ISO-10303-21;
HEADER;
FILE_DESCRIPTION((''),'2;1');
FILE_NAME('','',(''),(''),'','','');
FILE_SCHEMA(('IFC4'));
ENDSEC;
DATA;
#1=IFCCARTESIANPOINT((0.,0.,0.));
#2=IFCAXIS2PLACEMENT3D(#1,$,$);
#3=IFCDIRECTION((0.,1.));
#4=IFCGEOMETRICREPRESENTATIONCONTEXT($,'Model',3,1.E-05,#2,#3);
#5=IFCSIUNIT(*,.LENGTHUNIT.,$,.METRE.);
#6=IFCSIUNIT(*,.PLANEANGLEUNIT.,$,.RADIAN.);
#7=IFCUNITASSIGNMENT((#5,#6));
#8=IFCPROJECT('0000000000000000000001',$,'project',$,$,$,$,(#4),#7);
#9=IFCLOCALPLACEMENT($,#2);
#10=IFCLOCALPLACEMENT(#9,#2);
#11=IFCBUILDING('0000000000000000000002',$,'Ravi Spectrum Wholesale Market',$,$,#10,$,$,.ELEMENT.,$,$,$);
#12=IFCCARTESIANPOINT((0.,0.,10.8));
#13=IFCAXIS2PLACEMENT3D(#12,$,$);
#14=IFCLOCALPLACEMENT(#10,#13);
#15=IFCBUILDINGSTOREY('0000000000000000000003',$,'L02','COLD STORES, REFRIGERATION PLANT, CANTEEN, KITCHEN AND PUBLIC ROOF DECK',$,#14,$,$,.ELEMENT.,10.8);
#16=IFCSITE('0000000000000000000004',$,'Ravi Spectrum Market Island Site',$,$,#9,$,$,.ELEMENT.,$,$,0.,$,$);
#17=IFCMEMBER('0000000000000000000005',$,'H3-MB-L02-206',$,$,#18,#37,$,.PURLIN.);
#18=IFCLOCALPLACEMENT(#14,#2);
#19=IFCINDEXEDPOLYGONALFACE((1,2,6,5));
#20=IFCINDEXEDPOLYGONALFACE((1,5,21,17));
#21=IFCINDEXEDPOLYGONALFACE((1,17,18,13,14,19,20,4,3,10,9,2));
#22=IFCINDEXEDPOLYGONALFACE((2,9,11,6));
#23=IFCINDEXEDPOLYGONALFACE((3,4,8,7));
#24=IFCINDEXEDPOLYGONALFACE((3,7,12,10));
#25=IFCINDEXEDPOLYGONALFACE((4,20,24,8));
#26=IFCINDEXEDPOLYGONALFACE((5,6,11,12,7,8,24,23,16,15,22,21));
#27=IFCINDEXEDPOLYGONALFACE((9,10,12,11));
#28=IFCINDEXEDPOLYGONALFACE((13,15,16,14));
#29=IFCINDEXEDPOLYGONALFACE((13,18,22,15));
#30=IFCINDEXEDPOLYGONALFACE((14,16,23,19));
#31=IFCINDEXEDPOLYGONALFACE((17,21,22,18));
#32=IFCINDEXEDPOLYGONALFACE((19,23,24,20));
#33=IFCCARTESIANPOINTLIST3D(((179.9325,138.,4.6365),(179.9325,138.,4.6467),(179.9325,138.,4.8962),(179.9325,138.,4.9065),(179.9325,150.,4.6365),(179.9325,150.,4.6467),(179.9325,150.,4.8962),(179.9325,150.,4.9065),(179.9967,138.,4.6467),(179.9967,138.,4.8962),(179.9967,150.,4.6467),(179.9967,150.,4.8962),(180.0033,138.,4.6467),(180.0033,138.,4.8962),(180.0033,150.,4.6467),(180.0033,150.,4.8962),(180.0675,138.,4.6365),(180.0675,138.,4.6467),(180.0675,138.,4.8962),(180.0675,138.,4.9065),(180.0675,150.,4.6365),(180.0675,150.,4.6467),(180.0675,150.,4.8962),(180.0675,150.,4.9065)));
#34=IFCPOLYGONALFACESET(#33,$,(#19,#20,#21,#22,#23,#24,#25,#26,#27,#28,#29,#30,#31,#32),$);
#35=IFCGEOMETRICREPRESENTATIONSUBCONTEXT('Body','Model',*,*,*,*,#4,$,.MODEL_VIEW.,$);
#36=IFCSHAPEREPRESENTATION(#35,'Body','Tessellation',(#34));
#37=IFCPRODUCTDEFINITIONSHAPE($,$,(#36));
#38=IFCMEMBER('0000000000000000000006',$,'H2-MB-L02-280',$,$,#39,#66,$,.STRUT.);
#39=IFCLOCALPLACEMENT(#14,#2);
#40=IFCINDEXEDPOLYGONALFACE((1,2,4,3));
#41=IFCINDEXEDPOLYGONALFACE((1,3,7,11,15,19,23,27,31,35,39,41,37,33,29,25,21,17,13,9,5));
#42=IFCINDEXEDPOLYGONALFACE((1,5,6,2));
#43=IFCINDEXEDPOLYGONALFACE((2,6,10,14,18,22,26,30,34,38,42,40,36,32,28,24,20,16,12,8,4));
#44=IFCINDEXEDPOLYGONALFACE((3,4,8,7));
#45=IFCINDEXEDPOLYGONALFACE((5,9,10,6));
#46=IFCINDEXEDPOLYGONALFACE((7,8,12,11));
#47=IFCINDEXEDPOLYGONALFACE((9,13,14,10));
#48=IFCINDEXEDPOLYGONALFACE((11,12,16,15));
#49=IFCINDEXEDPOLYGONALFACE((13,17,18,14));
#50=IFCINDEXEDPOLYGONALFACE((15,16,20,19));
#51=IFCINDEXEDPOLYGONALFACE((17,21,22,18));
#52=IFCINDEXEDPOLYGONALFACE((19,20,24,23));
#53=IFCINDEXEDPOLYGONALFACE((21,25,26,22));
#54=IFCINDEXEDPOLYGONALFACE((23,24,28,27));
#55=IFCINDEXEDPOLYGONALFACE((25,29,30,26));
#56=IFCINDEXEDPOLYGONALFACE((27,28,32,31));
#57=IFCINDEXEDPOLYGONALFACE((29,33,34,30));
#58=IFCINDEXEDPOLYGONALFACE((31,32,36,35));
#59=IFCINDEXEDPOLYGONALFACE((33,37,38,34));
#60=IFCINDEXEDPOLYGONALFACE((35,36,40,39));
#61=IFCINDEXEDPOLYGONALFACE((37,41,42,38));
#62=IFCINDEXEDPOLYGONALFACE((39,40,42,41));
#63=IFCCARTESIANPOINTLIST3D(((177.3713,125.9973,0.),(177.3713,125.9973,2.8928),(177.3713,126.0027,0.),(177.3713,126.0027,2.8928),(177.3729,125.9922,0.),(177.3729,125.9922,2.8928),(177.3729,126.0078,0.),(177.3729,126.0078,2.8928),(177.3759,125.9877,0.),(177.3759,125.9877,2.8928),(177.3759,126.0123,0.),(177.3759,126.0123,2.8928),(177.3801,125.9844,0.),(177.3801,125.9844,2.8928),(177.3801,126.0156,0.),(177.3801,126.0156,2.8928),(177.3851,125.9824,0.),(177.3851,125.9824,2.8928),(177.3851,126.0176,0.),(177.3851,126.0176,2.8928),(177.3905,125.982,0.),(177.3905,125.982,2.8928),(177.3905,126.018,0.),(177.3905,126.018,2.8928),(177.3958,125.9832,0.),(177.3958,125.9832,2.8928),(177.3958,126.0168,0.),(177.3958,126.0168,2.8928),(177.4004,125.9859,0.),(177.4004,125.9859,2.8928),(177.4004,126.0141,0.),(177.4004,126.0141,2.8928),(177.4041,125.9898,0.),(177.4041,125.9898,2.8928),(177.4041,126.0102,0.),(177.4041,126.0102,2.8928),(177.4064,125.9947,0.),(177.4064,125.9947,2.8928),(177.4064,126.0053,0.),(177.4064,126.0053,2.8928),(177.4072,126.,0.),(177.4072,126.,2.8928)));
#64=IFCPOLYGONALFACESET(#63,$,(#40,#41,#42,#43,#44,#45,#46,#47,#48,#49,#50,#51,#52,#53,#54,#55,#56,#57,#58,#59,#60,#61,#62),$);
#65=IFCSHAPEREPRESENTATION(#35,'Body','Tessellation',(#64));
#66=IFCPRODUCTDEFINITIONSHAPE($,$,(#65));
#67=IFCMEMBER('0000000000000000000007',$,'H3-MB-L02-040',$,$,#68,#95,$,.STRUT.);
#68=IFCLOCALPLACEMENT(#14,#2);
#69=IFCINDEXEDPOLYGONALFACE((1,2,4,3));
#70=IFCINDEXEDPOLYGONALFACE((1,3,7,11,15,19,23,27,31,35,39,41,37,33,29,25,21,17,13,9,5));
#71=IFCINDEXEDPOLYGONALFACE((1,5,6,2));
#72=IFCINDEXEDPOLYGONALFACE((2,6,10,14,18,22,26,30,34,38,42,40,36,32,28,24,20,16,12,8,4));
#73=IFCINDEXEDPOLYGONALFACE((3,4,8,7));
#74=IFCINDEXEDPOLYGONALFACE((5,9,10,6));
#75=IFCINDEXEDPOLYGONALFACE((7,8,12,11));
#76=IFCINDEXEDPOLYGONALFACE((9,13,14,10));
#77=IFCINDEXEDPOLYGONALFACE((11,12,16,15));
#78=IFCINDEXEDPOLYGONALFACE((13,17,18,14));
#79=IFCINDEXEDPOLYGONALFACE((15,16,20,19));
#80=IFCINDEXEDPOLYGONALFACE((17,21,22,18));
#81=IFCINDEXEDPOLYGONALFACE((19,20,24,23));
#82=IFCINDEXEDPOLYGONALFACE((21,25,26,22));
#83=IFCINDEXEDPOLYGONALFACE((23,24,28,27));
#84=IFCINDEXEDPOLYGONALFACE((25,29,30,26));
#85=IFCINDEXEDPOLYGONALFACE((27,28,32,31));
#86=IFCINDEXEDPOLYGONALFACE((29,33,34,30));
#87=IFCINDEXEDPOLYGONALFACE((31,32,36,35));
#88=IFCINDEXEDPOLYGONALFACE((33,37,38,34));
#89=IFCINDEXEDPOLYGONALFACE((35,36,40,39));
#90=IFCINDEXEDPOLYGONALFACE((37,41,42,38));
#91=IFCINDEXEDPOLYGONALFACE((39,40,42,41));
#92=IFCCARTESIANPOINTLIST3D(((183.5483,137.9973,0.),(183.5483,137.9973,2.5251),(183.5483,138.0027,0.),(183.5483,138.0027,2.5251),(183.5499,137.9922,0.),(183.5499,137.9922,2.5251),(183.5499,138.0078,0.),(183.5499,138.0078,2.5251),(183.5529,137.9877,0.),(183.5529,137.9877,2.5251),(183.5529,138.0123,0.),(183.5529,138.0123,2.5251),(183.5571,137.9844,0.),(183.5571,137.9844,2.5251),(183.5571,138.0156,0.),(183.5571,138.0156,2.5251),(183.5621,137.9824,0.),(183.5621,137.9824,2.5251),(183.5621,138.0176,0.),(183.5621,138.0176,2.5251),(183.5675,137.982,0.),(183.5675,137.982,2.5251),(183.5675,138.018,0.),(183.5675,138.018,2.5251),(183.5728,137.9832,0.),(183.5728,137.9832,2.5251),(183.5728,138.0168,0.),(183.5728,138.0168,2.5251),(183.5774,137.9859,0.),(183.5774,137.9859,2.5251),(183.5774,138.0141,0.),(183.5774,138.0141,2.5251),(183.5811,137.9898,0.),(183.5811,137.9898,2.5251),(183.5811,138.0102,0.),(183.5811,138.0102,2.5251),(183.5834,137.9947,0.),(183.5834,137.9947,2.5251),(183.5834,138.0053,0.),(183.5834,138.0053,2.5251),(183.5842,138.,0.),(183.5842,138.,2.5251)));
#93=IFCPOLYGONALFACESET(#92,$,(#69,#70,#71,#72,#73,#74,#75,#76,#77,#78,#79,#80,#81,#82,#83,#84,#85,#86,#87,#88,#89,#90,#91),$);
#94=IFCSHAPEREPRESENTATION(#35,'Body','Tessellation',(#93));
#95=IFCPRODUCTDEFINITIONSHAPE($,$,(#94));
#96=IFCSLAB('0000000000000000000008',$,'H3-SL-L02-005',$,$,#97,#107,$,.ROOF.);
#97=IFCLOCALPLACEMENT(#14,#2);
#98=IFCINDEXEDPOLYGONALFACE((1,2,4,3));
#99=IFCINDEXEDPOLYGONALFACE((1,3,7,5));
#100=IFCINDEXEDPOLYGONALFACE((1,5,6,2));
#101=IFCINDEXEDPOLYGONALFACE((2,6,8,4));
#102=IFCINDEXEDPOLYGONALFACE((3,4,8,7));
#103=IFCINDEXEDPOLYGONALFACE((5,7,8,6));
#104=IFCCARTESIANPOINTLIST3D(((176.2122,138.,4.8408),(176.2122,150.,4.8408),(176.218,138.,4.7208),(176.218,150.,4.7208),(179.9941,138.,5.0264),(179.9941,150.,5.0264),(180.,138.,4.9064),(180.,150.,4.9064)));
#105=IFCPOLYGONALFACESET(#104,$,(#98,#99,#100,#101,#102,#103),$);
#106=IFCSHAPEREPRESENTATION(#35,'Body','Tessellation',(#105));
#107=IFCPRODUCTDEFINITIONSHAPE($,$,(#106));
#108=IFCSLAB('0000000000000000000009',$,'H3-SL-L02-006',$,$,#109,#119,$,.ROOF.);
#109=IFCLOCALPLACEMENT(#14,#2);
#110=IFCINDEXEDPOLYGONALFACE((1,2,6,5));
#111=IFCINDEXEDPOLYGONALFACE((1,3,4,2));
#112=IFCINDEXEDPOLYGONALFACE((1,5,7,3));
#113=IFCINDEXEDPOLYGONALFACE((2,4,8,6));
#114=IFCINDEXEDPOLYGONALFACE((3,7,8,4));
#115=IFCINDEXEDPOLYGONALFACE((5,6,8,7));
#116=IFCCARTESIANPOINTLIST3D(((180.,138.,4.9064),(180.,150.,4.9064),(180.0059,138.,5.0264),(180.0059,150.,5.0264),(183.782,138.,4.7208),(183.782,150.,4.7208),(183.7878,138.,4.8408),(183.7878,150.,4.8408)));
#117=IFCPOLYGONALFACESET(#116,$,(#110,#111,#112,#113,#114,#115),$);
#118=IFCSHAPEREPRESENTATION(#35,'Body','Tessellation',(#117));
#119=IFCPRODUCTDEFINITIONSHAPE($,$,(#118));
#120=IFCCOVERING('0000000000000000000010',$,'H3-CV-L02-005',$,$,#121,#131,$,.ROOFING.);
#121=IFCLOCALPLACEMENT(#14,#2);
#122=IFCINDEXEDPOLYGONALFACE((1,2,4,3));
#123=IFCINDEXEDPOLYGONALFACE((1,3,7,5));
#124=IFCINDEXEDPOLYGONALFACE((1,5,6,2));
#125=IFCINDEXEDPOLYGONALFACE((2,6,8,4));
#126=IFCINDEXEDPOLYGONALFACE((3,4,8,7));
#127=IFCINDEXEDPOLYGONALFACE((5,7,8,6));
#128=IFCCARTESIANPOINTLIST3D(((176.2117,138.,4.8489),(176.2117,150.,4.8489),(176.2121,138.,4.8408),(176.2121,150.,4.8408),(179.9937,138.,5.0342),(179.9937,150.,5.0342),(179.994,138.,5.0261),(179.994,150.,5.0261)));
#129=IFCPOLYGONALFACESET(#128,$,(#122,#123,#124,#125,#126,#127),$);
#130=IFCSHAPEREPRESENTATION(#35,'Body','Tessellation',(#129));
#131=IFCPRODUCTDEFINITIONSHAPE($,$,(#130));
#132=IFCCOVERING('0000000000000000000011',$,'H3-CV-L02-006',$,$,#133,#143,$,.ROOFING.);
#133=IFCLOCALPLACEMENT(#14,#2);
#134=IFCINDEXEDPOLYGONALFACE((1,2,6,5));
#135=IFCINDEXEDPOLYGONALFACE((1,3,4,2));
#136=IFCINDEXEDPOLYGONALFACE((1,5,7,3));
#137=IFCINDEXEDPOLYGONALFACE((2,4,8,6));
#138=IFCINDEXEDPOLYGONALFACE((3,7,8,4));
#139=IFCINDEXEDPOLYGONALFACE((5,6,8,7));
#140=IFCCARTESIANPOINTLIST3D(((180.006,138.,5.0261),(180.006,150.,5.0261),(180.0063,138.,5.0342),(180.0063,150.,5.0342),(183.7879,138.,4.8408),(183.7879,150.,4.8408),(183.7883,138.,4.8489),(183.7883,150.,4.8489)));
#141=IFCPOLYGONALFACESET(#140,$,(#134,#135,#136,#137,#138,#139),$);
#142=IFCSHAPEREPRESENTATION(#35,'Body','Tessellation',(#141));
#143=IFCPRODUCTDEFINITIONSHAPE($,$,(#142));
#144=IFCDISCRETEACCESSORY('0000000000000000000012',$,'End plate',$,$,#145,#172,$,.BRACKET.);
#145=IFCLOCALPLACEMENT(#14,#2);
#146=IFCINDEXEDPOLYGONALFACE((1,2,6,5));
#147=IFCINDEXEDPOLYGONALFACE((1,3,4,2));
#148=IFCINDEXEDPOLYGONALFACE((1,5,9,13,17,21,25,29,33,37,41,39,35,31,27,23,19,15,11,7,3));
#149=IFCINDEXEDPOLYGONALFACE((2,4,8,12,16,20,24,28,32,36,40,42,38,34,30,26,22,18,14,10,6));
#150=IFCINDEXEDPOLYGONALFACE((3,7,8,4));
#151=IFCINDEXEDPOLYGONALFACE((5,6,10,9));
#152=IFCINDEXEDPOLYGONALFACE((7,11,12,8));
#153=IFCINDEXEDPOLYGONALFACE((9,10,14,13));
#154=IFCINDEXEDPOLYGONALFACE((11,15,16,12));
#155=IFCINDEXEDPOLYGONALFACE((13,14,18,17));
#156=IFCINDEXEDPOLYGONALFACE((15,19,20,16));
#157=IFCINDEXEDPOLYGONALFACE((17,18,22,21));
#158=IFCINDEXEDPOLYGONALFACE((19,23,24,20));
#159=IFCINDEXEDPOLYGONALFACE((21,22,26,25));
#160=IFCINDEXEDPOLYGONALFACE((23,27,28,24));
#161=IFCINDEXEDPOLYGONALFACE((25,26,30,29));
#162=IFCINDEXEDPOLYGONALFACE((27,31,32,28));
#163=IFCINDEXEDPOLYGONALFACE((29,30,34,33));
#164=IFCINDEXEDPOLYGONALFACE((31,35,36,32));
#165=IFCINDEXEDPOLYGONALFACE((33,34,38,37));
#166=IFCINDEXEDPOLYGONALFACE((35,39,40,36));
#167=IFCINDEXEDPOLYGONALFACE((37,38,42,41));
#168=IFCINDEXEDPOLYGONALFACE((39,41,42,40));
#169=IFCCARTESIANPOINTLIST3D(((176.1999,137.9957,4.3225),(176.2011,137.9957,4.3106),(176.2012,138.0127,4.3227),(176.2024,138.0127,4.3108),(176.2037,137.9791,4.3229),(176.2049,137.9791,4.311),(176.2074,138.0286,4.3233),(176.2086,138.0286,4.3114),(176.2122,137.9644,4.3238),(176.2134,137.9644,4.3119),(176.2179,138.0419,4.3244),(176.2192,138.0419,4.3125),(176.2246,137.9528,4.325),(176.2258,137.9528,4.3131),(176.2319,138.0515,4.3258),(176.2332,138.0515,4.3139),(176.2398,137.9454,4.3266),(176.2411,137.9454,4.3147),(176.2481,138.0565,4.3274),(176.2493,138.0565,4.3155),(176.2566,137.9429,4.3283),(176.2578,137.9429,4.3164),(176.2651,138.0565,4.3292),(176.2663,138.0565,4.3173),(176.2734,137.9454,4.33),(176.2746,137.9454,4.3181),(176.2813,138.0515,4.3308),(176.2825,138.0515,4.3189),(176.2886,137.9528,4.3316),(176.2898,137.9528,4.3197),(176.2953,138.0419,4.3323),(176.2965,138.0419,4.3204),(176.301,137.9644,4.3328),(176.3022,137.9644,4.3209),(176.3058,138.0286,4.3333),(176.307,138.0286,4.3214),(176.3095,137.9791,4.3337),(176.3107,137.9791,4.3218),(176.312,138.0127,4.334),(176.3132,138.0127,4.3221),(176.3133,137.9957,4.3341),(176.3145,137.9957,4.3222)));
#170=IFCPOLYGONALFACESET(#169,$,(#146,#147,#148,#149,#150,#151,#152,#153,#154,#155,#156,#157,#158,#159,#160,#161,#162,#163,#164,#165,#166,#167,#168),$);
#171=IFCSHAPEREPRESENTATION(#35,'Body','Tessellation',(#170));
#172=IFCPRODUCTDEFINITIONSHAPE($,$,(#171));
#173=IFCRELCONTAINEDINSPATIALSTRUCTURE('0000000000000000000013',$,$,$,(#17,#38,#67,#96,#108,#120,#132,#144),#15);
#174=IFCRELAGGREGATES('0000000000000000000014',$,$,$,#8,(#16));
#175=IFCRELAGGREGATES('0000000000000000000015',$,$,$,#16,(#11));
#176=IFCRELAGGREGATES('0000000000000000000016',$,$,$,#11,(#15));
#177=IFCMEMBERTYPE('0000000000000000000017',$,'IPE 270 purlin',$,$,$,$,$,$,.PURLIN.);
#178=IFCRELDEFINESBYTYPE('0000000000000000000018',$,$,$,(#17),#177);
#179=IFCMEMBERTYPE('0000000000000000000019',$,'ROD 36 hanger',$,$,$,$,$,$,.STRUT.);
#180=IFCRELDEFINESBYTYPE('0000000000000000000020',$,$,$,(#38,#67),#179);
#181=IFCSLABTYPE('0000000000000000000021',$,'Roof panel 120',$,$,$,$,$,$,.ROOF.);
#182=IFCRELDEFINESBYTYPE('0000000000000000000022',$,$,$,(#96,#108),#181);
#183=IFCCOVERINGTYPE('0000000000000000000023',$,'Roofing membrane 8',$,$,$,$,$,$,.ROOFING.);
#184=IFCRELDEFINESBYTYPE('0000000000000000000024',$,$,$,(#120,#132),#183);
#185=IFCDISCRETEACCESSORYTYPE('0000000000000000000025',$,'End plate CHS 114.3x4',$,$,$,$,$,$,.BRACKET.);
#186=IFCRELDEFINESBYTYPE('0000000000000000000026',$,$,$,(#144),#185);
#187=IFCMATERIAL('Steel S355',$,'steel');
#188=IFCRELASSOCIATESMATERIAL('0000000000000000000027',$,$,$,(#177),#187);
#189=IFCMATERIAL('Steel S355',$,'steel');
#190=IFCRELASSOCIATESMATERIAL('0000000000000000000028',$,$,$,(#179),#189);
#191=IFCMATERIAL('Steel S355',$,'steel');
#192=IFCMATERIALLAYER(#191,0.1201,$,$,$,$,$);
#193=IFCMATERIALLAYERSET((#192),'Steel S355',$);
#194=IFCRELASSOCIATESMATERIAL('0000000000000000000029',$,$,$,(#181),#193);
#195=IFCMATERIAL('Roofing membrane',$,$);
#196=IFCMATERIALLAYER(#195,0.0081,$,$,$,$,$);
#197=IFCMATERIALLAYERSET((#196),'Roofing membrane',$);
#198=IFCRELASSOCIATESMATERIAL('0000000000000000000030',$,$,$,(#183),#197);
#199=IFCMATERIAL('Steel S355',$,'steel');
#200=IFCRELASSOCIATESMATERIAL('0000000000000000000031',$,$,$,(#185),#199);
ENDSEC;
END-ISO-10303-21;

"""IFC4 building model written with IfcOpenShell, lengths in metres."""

from ifc_helpers import new_model, si_unit, direction, frame, origin, origin_2d, place, context, subcontext, project, spatial, polyline, circle, i_section, outline, extrude, material, layer, layer_set, material_profile, profile_set, type_object, element, save


model = new_model("IFC4")

# Units and contexts
model_context = context("Model", 3, precision=1e-05, world=origin(), true_north=direction((0.0, 1.0)))
body_context = subcontext(model_context, "Body", "Model", "MODEL_VIEW")
ifc_project = project(units=[si_unit("LENGTHUNIT", "METRE"), si_unit("PLANEANGLEUNIT", "RADIAN")], contexts=[model_context])

# Site, building, storey
site_placement = place(None, origin())
site = spatial("IfcSite", under=ifc_project, at=site_placement, Name="Ravi Spectrum Market Island Site", CompositionType="ELEMENT", RefElevation=0.0)
building_placement = place(site_placement, origin())
building = spatial("IfcBuilding", under=site, at=building_placement, Name="Ravi Spectrum Wholesale Market", CompositionType="ELEMENT")
storey_placement = place(building_placement, frame((0.0, 0.0, 10.8)))
storey = spatial("IfcBuildingStorey", under=building, at=storey_placement, Name="L02", Description="COLD STORES, REFRIGERATION PLANT, CANTEEN, KITCHEN AND PUBLIC ROOF DECK", CompositionType="ELEMENT", Elevation=10.8)

# Members
ifc_material_1 = material(Name="Steel S355", Category="steel")
ifc_material_profile_1 = material_profile(ifc_material_1, i_section(OverallWidth=0.135, OverallDepth=0.27, WebThickness=0.0066, FlangeThickness=0.0103, at=origin_2d()))
ifc_profile_set_1 = profile_set([ifc_material_profile_1], Name="Steel S355")
member_type_1 = type_object("IfcMemberType", Name="IPE 270 purlin", PredefinedType="PURLIN", material=ifc_profile_set_1)
for number, where, z_axis, x_axis, name in (
    (1, (180.0, 138.0, 4.7715), (0.0, 1.0, 0.0), (-1.0, 0.0, 0.0), "H3-MB-L02-206"),
):
    element("IfcMember", number, at=place(storey_placement, frame(where, z_axis=z_axis, x_axis=x_axis)), inside=storey, type_object=member_type_1, Name=name, PredefinedType="PURLIN", context=body_context, shape_type="SweptSolid", body=[
        extrude(i_section(OverallWidth=0.135, OverallDepth=0.27, WebThickness=0.0066, FlangeThickness=0.0103, at=origin_2d()), origin(), (0.0, 0.0, 1.0), 12.0),
    ])
ifc_material_2 = material(Name="Steel S355", Category="steel")
ifc_material_profile_2 = material_profile(ifc_material_2, circle(Radius=0.0181, at=origin_2d()))
ifc_profile_set_2 = profile_set([ifc_material_profile_2], Name="Steel S355")
member_type_2 = type_object("IfcMemberType", Name="ROD 36 hanger", PredefinedType="STRUT", material=ifc_profile_set_2)
member_1_placement = place(storey_placement, frame((177.3892, 126.0, 0.0), z_axis=(0.0, 0.0, 1.0), x_axis=(1.0, 0.0, 0.0)))
element("IfcMember", 2, at=member_1_placement, inside=storey, type_object=member_type_2, Name="H2-MB-L02-280", PredefinedType="STRUT", context=body_context, shape_type="SweptSolid", body=[
    extrude(circle(Radius=0.0181, at=origin_2d()), origin(), (0.0, 0.0, 1.0), 2.8928),
])
member_2_placement = place(storey_placement, frame((183.5662, 138.0, 0.0), z_axis=(0.0, 0.0, 1.0), x_axis=(1.0, 0.0, 0.0)))
element("IfcMember", 3, at=member_2_placement, inside=storey, type_object=member_type_2, Name="H3-MB-L02-040", PredefinedType="STRUT", context=body_context, shape_type="SweptSolid", body=[
    extrude(circle(Radius=0.0181, at=origin_2d()), origin(), (0.0, 0.0, 1.0), 2.5251),
])

# Slabs
ifc_material_3 = material(Name="Steel S355", Category="steel")
ifc_layer_1 = layer(ifc_material_3, 0.1201)
ifc_layer_set_1 = layer_set([ifc_layer_1], Name="Steel S355")
slab_type = type_object("IfcSlabType", Name="Roof panel 120", PredefinedType="ROOF", material=ifc_layer_set_1)
for number, where, z_axis, x_axis, name in (
    (4, (176.2122, 138.0, 4.8408), (-0.049002, 0.0, 0.998799), (0.998799, 0.0, 0.049002), "H3-SL-L02-005"),
    (5, (180.0059, 138.0, 5.0264), (0.049002, 0.0, 0.998799), (0.998799, 0.0, -0.049002), "H3-SL-L02-006"),
):
    element("IfcSlab", number, at=place(storey_placement, frame(where, z_axis=z_axis, x_axis=x_axis)), inside=storey, type_object=slab_type, Name=name, PredefinedType="ROOF", context=body_context, shape_type="SweptSolid", body=[
        extrude(outline(polyline([(0.0, 0.0), (3.7865, 0.0), (3.7865, 12.0), (0.0, 12.0), (0.0, 0.0)])), origin(), (0.0, 0.0, -1.0), 0.1201),
    ])

# Coverings
ifc_material_4 = material(Name="Roofing membrane")
ifc_layer_2 = layer(ifc_material_4, 0.0081)
ifc_layer_set_2 = layer_set([ifc_layer_2], Name="Roofing membrane")
covering_type = type_object("IfcCoveringType", Name="Roofing membrane 8", PredefinedType="ROOFING", material=ifc_layer_set_2)
for number, where, z_axis, x_axis, name in (
    (6, (176.2117, 138.0, 4.8489), (-0.048937, 0.0, 0.998802), (0.998802, 0.0, 0.048937), "H3-CV-L02-005"),
    (7, (180.0063, 138.0, 5.0342), (0.048937, 0.0, 0.998802), (0.998802, 0.0, -0.048937), "H3-CV-L02-006"),
):
    element("IfcCovering", number, at=place(storey_placement, frame(where, z_axis=z_axis, x_axis=x_axis)), inside=storey, type_object=covering_type, Name=name, PredefinedType="ROOFING", context=body_context, shape_type="SweptSolid", body=[
        extrude(outline(polyline([(0.0, 0.0), (3.7865, 0.0), (3.7865, 12.0), (0.0, 12.0), (0.0, 0.0)])), origin(), (0.0, 0.0, -1.0), 0.0081),
    ])

# Discrete accessory
ifc_material_5 = material(Name="Steel S355", Category="steel")
ifc_material_profile_3 = material_profile(ifc_material_5, circle(Radius=0.0571, at=origin_2d()))
ifc_profile_set_3 = profile_set([ifc_material_profile_3], Name="Steel S355")
discrete_accessory_type_1 = type_object("IfcDiscreteAccessoryType", Name="End plate CHS 114.3x4", PredefinedType="BRACKET", material=ifc_profile_set_3)
for number, where, z_axis, x_axis, name in (
    (8, (176.2578, 138.0, 4.3164), (-0.101514, 0.0, 0.994834), (0.0, -1.0, 0.0), "End plate"),
):
    element("IfcDiscreteAccessory", number, at=place(storey_placement, frame(where, z_axis=z_axis, x_axis=x_axis)), inside=storey, type_object=discrete_accessory_type_1, Name=name, PredefinedType="BRACKET", context=body_context, shape_type="SweptSolid", body=[
        extrude(circle(Radius=0.0571, at=origin_2d()), origin(), (0.0, 0.0, 1.0), 0.012),
    ])

save(model, "model.ifc")
